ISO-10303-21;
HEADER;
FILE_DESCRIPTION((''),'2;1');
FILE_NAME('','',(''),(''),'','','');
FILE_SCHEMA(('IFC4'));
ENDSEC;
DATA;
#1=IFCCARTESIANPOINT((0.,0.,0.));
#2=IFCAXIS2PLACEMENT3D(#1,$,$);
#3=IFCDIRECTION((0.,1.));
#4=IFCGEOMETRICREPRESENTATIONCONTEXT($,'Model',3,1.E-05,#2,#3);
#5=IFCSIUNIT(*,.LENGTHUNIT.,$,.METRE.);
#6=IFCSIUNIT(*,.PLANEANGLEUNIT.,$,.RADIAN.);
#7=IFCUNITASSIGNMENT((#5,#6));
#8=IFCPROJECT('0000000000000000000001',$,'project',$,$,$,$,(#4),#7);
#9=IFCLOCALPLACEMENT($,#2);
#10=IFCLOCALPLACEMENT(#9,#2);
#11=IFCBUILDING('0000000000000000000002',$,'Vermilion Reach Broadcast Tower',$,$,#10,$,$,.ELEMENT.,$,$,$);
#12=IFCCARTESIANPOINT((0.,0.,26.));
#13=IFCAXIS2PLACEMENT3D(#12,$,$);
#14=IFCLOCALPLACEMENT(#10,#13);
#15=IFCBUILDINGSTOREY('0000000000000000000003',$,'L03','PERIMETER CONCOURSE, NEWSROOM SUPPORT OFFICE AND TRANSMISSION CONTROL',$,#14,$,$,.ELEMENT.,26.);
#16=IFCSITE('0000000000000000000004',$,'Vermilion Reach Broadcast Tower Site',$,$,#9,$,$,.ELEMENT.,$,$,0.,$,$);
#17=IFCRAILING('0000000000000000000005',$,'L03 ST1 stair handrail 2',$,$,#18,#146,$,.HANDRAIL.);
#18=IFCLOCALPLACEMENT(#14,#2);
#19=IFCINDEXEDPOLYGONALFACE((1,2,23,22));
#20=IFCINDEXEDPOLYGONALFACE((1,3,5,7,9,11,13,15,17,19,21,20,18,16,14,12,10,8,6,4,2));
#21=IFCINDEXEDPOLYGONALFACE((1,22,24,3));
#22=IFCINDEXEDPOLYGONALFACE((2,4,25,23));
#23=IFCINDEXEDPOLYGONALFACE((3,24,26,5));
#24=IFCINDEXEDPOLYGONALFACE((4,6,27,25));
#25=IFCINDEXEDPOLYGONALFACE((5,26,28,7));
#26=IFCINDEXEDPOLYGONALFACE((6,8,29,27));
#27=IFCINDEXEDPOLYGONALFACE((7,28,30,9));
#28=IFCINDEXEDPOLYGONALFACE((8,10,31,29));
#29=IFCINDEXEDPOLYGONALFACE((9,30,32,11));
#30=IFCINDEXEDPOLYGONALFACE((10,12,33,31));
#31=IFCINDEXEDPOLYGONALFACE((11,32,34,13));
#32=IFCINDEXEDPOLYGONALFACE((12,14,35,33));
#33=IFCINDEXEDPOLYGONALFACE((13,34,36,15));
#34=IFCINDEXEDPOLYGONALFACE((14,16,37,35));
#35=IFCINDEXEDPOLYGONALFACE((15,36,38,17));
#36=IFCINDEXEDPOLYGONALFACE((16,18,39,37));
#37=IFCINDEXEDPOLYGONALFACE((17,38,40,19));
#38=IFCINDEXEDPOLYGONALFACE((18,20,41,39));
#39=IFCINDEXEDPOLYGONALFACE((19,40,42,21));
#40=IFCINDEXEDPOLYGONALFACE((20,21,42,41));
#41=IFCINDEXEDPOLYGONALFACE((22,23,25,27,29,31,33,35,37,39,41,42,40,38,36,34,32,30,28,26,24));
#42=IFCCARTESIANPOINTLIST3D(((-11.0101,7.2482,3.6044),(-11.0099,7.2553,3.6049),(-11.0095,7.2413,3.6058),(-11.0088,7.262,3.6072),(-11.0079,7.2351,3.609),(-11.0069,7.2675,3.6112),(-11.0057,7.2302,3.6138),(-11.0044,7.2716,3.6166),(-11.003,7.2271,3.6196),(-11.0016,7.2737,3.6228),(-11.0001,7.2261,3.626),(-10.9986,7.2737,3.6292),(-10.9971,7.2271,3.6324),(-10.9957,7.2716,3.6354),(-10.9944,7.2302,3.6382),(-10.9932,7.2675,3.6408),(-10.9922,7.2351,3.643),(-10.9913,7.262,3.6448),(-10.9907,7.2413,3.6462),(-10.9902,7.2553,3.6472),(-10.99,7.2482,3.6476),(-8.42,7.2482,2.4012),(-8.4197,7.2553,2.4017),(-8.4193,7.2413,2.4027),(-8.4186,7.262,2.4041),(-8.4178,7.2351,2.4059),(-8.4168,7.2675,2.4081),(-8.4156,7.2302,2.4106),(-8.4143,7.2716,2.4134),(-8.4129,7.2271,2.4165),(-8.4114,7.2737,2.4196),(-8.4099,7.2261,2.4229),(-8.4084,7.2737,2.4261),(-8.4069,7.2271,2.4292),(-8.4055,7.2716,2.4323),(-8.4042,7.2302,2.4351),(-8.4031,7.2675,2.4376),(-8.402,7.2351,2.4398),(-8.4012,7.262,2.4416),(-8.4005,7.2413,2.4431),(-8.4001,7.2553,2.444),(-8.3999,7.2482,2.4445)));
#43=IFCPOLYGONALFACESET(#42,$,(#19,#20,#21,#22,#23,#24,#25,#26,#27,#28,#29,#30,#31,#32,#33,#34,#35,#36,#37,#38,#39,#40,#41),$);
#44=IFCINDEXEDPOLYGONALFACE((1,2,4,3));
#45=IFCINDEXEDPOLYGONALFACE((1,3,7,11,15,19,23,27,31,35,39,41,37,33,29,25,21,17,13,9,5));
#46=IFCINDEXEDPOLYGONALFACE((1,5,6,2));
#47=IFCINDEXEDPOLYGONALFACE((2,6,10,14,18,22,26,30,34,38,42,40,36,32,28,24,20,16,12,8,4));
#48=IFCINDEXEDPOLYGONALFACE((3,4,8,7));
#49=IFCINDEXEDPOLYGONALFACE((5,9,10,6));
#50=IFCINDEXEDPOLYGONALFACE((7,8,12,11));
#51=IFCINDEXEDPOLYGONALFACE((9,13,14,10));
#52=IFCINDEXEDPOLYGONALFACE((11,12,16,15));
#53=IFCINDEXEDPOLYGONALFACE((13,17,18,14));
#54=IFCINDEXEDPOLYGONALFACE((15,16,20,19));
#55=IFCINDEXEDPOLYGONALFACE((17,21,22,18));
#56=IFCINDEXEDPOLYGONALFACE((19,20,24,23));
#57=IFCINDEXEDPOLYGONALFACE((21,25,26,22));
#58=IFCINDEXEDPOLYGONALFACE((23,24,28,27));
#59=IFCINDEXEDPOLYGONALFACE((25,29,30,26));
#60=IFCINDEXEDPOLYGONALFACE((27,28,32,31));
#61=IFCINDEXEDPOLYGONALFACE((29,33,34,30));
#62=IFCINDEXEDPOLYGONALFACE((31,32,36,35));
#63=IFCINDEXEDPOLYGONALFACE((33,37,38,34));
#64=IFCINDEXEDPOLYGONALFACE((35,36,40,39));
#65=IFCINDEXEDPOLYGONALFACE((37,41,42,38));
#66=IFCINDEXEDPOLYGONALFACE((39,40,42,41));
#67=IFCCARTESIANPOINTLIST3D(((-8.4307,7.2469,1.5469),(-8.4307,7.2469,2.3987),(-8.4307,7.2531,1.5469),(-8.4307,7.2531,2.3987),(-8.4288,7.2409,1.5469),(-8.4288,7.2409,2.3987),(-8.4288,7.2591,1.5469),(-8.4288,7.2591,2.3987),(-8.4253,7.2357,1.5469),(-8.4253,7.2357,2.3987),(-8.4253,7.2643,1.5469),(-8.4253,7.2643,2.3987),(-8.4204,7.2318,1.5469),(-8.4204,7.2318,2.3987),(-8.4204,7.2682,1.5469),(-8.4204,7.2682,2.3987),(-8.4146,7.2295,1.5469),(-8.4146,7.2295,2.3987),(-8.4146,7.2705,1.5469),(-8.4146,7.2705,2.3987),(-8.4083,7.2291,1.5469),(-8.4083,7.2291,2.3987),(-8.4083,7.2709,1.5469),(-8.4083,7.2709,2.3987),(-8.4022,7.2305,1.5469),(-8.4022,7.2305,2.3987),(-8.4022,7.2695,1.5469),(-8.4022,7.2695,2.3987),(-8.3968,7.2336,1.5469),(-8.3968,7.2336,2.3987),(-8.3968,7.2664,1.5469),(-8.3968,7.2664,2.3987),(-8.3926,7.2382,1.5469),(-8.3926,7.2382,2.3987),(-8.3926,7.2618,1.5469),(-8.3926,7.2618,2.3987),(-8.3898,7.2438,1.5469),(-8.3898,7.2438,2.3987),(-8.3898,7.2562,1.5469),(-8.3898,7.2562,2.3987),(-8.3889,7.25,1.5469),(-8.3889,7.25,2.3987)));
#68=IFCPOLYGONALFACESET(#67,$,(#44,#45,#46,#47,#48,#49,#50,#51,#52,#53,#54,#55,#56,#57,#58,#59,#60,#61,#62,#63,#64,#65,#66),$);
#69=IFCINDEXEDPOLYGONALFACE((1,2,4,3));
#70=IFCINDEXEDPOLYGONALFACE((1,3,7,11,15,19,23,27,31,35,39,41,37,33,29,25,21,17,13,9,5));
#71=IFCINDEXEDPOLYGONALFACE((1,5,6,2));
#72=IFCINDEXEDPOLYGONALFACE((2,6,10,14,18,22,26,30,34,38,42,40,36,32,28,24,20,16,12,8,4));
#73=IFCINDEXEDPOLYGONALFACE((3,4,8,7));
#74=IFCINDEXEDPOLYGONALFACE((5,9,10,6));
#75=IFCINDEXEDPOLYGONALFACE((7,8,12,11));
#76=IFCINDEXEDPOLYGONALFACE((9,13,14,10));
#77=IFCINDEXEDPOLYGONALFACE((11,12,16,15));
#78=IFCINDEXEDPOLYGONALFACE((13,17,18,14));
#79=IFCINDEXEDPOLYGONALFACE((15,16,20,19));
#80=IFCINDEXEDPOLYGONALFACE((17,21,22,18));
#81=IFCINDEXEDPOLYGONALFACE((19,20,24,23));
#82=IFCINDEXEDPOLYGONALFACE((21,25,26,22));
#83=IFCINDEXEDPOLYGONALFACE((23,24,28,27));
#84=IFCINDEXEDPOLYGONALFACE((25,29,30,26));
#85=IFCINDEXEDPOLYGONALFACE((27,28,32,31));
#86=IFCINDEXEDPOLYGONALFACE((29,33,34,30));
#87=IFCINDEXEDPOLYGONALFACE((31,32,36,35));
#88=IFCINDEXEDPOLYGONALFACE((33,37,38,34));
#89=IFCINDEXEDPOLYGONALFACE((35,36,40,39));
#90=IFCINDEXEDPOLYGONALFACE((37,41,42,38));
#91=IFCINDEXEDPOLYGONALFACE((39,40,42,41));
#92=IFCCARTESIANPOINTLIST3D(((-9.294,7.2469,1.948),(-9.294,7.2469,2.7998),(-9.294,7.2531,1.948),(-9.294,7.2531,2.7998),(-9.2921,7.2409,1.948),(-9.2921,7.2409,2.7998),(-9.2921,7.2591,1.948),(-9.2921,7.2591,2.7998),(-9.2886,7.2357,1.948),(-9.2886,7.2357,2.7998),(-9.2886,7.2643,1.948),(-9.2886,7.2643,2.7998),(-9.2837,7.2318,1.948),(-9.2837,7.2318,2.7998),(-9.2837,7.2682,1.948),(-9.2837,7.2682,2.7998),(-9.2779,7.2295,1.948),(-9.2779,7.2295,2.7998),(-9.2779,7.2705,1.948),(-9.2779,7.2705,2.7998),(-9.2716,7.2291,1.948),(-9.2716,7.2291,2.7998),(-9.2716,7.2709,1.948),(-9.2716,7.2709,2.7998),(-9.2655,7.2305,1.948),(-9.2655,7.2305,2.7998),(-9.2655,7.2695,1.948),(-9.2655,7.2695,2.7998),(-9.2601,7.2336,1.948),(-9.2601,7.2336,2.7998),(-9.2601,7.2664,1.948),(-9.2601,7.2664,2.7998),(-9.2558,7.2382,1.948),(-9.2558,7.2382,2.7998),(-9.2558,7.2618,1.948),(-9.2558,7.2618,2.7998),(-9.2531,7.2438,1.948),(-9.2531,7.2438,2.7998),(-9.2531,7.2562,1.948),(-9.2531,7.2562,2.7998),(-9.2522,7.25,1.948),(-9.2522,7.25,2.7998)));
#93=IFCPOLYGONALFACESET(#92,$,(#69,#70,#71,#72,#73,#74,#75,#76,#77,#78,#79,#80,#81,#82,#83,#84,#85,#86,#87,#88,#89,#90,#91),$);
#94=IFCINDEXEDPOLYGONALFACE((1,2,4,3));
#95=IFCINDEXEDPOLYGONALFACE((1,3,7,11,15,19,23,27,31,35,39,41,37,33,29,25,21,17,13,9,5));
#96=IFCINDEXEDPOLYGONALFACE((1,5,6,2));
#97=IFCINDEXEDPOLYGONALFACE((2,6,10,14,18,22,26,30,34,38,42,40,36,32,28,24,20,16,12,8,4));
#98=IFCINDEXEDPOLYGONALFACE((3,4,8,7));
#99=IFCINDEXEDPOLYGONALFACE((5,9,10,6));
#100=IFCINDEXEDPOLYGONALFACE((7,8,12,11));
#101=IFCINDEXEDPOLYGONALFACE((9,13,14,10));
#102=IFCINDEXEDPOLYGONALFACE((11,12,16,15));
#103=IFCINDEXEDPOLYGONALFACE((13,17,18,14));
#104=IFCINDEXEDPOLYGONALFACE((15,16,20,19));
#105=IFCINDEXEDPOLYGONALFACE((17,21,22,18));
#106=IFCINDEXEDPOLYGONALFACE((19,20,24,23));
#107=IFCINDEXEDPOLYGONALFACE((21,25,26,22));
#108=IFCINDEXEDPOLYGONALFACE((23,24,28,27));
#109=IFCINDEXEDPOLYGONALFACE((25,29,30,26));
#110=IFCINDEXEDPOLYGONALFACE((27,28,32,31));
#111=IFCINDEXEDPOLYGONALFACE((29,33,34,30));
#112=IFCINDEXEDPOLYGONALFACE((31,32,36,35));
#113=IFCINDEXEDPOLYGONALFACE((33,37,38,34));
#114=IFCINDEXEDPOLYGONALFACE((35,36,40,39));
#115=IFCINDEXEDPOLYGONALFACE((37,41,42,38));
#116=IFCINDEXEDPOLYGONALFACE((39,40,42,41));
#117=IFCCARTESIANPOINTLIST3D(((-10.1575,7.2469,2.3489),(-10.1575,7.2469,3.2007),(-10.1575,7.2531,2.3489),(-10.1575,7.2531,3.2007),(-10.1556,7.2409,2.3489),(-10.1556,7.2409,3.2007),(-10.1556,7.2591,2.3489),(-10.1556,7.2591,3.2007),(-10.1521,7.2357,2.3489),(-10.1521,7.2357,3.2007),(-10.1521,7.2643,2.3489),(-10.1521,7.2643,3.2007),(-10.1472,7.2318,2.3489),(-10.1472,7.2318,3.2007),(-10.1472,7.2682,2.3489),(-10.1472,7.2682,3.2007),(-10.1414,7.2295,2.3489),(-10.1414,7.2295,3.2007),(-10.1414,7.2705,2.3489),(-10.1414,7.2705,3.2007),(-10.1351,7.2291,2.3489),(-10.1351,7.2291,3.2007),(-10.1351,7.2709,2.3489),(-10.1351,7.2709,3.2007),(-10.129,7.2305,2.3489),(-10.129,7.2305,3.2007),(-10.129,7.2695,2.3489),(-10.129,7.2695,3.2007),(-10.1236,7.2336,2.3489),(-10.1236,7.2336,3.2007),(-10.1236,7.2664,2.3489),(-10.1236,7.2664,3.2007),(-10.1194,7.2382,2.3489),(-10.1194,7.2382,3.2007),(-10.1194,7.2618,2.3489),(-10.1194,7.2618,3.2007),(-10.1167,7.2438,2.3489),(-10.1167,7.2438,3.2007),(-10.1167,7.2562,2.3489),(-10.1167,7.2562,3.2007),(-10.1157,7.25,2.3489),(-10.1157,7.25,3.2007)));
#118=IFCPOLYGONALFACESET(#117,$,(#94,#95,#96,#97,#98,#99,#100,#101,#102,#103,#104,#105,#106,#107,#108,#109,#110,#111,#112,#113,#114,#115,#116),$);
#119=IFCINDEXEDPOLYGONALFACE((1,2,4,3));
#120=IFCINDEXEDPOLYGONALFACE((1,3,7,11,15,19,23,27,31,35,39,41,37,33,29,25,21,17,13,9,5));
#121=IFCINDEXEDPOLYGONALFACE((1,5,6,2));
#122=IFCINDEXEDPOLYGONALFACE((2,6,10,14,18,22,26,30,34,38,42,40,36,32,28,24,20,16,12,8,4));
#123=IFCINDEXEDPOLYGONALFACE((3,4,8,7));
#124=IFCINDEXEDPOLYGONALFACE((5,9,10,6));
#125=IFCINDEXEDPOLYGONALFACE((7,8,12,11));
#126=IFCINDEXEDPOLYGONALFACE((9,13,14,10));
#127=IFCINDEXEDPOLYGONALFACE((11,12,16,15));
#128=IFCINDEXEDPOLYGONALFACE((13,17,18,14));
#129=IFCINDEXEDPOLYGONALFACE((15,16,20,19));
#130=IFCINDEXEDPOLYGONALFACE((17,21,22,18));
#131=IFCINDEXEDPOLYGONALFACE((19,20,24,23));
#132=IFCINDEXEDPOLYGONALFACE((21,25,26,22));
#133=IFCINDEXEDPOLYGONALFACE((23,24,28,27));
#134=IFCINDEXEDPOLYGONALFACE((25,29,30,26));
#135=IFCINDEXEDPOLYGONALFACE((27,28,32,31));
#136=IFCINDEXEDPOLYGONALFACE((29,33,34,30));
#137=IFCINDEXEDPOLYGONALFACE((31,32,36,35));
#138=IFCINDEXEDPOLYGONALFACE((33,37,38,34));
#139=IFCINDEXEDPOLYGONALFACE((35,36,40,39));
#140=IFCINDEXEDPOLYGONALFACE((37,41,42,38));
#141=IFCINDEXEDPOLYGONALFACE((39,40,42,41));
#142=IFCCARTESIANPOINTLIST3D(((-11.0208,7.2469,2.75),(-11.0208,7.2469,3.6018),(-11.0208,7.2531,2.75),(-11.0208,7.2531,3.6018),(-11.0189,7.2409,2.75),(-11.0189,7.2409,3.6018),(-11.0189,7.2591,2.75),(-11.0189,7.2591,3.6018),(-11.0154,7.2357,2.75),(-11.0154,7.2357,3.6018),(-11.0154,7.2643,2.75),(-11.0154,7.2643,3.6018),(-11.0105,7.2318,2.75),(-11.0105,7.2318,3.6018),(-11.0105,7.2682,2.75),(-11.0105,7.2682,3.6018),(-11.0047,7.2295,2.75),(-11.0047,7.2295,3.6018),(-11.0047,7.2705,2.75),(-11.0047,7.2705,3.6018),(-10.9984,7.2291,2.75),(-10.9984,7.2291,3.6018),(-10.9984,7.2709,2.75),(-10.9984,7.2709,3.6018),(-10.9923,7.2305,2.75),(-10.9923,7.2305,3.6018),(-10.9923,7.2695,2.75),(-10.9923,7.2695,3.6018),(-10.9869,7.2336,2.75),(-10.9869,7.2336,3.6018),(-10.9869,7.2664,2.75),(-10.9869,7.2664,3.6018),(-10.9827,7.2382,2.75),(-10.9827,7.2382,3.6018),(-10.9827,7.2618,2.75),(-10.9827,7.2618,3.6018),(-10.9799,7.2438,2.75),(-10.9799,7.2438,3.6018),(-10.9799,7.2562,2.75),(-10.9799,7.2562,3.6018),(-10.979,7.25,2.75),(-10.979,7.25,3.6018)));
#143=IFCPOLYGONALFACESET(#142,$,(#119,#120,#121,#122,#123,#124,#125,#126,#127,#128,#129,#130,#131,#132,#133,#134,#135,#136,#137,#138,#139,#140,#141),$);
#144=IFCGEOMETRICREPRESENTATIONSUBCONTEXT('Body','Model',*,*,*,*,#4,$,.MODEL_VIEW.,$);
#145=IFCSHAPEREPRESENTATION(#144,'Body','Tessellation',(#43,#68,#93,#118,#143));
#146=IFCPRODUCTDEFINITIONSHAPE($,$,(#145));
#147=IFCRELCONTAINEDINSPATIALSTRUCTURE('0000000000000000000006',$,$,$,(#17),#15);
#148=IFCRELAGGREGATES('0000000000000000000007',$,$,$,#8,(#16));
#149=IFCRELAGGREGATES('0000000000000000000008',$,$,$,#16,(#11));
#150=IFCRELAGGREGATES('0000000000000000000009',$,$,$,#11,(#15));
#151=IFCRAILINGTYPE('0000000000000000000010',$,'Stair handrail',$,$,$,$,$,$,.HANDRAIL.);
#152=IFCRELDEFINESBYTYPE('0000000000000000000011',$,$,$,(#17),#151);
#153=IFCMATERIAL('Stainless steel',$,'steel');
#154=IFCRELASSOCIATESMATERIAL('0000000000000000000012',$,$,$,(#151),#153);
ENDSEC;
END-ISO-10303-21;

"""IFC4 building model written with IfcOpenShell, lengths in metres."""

from ifc_helpers import new_model, si_unit, direction, frame, origin, origin_2d, place, context, subcontext, project, spatial, circle, extrude, material, type_object, element, save


model = new_model("IFC4")

# Units and contexts
model_context = context("Model", 3, precision=1e-05, world=origin(), true_north=direction((0.0, 1.0)))
body_context = subcontext(model_context, "Body", "Model", "MODEL_VIEW")
ifc_project = project(units=[si_unit("LENGTHUNIT", "METRE"), si_unit("PLANEANGLEUNIT", "RADIAN")], contexts=[model_context])

# Site, building, storey
site_placement = place(None, origin())
site = spatial("IfcSite", under=ifc_project, at=site_placement, Name="Vermilion Reach Broadcast Tower Site", CompositionType="ELEMENT", RefElevation=0.0)
building_placement = place(site_placement, origin())
building = spatial("IfcBuilding", under=site, at=building_placement, Name="Vermilion Reach Broadcast Tower", CompositionType="ELEMENT")
storey_placement = place(building_placement, frame((0.0, 0.0, 26.0)))
storey = spatial("IfcBuildingStorey", under=building, at=storey_placement, Name="L03", Description="PERIMETER CONCOURSE, NEWSROOM SUPPORT OFFICE AND TRANSMISSION CONTROL", CompositionType="ELEMENT", Elevation=26.0)

# Railing
ifc_material_1 = material(Name="Stainless steel", Category="steel")
railing_type_1 = type_object("IfcRailingType", Name="Stair handrail", PredefinedType="HANDRAIL", material=ifc_material_1)
for number, where, name in (
    (1, (-8.4099, 7.25, 1.5469), "L03 ST1 stair handrail 2"),
):
    element("IfcRailing", number, at=place(storey_placement, frame(where)), inside=storey, type_object=railing_type_1, Name=name, PredefinedType="HANDRAIL", context=body_context, shape_type="SweptSolid", body=[
        extrude(circle(Radius=0.0239, at=origin_2d()), frame((0.0, 0.0, 0.876), z_axis=(-0.906931, 0.0, 0.42128), x_axis=(0.0, -1.0, 0.0)), (0.0, 0.0, 1.0), 2.856),
        extrude(circle(Radius=0.021, at=origin_2d()), origin(), (0.0, 0.0, 1.0), 0.8518),
        extrude(circle(Radius=0.021, at=origin_2d()), frame((-0.8633, 0.0, 0.4011)), (0.0, 0.0, 1.0), 0.8518),
        extrude(circle(Radius=0.021, at=origin_2d()), frame((-1.7268, 0.0, 0.802)), (0.0, 0.0, 1.0), 0.8518),
        extrude(circle(Radius=0.021, at=origin_2d()), frame((-2.5901, 0.0, 1.2031)), (0.0, 0.0, 1.0), 0.8518),
    ])

save(model, "model.ifc")
